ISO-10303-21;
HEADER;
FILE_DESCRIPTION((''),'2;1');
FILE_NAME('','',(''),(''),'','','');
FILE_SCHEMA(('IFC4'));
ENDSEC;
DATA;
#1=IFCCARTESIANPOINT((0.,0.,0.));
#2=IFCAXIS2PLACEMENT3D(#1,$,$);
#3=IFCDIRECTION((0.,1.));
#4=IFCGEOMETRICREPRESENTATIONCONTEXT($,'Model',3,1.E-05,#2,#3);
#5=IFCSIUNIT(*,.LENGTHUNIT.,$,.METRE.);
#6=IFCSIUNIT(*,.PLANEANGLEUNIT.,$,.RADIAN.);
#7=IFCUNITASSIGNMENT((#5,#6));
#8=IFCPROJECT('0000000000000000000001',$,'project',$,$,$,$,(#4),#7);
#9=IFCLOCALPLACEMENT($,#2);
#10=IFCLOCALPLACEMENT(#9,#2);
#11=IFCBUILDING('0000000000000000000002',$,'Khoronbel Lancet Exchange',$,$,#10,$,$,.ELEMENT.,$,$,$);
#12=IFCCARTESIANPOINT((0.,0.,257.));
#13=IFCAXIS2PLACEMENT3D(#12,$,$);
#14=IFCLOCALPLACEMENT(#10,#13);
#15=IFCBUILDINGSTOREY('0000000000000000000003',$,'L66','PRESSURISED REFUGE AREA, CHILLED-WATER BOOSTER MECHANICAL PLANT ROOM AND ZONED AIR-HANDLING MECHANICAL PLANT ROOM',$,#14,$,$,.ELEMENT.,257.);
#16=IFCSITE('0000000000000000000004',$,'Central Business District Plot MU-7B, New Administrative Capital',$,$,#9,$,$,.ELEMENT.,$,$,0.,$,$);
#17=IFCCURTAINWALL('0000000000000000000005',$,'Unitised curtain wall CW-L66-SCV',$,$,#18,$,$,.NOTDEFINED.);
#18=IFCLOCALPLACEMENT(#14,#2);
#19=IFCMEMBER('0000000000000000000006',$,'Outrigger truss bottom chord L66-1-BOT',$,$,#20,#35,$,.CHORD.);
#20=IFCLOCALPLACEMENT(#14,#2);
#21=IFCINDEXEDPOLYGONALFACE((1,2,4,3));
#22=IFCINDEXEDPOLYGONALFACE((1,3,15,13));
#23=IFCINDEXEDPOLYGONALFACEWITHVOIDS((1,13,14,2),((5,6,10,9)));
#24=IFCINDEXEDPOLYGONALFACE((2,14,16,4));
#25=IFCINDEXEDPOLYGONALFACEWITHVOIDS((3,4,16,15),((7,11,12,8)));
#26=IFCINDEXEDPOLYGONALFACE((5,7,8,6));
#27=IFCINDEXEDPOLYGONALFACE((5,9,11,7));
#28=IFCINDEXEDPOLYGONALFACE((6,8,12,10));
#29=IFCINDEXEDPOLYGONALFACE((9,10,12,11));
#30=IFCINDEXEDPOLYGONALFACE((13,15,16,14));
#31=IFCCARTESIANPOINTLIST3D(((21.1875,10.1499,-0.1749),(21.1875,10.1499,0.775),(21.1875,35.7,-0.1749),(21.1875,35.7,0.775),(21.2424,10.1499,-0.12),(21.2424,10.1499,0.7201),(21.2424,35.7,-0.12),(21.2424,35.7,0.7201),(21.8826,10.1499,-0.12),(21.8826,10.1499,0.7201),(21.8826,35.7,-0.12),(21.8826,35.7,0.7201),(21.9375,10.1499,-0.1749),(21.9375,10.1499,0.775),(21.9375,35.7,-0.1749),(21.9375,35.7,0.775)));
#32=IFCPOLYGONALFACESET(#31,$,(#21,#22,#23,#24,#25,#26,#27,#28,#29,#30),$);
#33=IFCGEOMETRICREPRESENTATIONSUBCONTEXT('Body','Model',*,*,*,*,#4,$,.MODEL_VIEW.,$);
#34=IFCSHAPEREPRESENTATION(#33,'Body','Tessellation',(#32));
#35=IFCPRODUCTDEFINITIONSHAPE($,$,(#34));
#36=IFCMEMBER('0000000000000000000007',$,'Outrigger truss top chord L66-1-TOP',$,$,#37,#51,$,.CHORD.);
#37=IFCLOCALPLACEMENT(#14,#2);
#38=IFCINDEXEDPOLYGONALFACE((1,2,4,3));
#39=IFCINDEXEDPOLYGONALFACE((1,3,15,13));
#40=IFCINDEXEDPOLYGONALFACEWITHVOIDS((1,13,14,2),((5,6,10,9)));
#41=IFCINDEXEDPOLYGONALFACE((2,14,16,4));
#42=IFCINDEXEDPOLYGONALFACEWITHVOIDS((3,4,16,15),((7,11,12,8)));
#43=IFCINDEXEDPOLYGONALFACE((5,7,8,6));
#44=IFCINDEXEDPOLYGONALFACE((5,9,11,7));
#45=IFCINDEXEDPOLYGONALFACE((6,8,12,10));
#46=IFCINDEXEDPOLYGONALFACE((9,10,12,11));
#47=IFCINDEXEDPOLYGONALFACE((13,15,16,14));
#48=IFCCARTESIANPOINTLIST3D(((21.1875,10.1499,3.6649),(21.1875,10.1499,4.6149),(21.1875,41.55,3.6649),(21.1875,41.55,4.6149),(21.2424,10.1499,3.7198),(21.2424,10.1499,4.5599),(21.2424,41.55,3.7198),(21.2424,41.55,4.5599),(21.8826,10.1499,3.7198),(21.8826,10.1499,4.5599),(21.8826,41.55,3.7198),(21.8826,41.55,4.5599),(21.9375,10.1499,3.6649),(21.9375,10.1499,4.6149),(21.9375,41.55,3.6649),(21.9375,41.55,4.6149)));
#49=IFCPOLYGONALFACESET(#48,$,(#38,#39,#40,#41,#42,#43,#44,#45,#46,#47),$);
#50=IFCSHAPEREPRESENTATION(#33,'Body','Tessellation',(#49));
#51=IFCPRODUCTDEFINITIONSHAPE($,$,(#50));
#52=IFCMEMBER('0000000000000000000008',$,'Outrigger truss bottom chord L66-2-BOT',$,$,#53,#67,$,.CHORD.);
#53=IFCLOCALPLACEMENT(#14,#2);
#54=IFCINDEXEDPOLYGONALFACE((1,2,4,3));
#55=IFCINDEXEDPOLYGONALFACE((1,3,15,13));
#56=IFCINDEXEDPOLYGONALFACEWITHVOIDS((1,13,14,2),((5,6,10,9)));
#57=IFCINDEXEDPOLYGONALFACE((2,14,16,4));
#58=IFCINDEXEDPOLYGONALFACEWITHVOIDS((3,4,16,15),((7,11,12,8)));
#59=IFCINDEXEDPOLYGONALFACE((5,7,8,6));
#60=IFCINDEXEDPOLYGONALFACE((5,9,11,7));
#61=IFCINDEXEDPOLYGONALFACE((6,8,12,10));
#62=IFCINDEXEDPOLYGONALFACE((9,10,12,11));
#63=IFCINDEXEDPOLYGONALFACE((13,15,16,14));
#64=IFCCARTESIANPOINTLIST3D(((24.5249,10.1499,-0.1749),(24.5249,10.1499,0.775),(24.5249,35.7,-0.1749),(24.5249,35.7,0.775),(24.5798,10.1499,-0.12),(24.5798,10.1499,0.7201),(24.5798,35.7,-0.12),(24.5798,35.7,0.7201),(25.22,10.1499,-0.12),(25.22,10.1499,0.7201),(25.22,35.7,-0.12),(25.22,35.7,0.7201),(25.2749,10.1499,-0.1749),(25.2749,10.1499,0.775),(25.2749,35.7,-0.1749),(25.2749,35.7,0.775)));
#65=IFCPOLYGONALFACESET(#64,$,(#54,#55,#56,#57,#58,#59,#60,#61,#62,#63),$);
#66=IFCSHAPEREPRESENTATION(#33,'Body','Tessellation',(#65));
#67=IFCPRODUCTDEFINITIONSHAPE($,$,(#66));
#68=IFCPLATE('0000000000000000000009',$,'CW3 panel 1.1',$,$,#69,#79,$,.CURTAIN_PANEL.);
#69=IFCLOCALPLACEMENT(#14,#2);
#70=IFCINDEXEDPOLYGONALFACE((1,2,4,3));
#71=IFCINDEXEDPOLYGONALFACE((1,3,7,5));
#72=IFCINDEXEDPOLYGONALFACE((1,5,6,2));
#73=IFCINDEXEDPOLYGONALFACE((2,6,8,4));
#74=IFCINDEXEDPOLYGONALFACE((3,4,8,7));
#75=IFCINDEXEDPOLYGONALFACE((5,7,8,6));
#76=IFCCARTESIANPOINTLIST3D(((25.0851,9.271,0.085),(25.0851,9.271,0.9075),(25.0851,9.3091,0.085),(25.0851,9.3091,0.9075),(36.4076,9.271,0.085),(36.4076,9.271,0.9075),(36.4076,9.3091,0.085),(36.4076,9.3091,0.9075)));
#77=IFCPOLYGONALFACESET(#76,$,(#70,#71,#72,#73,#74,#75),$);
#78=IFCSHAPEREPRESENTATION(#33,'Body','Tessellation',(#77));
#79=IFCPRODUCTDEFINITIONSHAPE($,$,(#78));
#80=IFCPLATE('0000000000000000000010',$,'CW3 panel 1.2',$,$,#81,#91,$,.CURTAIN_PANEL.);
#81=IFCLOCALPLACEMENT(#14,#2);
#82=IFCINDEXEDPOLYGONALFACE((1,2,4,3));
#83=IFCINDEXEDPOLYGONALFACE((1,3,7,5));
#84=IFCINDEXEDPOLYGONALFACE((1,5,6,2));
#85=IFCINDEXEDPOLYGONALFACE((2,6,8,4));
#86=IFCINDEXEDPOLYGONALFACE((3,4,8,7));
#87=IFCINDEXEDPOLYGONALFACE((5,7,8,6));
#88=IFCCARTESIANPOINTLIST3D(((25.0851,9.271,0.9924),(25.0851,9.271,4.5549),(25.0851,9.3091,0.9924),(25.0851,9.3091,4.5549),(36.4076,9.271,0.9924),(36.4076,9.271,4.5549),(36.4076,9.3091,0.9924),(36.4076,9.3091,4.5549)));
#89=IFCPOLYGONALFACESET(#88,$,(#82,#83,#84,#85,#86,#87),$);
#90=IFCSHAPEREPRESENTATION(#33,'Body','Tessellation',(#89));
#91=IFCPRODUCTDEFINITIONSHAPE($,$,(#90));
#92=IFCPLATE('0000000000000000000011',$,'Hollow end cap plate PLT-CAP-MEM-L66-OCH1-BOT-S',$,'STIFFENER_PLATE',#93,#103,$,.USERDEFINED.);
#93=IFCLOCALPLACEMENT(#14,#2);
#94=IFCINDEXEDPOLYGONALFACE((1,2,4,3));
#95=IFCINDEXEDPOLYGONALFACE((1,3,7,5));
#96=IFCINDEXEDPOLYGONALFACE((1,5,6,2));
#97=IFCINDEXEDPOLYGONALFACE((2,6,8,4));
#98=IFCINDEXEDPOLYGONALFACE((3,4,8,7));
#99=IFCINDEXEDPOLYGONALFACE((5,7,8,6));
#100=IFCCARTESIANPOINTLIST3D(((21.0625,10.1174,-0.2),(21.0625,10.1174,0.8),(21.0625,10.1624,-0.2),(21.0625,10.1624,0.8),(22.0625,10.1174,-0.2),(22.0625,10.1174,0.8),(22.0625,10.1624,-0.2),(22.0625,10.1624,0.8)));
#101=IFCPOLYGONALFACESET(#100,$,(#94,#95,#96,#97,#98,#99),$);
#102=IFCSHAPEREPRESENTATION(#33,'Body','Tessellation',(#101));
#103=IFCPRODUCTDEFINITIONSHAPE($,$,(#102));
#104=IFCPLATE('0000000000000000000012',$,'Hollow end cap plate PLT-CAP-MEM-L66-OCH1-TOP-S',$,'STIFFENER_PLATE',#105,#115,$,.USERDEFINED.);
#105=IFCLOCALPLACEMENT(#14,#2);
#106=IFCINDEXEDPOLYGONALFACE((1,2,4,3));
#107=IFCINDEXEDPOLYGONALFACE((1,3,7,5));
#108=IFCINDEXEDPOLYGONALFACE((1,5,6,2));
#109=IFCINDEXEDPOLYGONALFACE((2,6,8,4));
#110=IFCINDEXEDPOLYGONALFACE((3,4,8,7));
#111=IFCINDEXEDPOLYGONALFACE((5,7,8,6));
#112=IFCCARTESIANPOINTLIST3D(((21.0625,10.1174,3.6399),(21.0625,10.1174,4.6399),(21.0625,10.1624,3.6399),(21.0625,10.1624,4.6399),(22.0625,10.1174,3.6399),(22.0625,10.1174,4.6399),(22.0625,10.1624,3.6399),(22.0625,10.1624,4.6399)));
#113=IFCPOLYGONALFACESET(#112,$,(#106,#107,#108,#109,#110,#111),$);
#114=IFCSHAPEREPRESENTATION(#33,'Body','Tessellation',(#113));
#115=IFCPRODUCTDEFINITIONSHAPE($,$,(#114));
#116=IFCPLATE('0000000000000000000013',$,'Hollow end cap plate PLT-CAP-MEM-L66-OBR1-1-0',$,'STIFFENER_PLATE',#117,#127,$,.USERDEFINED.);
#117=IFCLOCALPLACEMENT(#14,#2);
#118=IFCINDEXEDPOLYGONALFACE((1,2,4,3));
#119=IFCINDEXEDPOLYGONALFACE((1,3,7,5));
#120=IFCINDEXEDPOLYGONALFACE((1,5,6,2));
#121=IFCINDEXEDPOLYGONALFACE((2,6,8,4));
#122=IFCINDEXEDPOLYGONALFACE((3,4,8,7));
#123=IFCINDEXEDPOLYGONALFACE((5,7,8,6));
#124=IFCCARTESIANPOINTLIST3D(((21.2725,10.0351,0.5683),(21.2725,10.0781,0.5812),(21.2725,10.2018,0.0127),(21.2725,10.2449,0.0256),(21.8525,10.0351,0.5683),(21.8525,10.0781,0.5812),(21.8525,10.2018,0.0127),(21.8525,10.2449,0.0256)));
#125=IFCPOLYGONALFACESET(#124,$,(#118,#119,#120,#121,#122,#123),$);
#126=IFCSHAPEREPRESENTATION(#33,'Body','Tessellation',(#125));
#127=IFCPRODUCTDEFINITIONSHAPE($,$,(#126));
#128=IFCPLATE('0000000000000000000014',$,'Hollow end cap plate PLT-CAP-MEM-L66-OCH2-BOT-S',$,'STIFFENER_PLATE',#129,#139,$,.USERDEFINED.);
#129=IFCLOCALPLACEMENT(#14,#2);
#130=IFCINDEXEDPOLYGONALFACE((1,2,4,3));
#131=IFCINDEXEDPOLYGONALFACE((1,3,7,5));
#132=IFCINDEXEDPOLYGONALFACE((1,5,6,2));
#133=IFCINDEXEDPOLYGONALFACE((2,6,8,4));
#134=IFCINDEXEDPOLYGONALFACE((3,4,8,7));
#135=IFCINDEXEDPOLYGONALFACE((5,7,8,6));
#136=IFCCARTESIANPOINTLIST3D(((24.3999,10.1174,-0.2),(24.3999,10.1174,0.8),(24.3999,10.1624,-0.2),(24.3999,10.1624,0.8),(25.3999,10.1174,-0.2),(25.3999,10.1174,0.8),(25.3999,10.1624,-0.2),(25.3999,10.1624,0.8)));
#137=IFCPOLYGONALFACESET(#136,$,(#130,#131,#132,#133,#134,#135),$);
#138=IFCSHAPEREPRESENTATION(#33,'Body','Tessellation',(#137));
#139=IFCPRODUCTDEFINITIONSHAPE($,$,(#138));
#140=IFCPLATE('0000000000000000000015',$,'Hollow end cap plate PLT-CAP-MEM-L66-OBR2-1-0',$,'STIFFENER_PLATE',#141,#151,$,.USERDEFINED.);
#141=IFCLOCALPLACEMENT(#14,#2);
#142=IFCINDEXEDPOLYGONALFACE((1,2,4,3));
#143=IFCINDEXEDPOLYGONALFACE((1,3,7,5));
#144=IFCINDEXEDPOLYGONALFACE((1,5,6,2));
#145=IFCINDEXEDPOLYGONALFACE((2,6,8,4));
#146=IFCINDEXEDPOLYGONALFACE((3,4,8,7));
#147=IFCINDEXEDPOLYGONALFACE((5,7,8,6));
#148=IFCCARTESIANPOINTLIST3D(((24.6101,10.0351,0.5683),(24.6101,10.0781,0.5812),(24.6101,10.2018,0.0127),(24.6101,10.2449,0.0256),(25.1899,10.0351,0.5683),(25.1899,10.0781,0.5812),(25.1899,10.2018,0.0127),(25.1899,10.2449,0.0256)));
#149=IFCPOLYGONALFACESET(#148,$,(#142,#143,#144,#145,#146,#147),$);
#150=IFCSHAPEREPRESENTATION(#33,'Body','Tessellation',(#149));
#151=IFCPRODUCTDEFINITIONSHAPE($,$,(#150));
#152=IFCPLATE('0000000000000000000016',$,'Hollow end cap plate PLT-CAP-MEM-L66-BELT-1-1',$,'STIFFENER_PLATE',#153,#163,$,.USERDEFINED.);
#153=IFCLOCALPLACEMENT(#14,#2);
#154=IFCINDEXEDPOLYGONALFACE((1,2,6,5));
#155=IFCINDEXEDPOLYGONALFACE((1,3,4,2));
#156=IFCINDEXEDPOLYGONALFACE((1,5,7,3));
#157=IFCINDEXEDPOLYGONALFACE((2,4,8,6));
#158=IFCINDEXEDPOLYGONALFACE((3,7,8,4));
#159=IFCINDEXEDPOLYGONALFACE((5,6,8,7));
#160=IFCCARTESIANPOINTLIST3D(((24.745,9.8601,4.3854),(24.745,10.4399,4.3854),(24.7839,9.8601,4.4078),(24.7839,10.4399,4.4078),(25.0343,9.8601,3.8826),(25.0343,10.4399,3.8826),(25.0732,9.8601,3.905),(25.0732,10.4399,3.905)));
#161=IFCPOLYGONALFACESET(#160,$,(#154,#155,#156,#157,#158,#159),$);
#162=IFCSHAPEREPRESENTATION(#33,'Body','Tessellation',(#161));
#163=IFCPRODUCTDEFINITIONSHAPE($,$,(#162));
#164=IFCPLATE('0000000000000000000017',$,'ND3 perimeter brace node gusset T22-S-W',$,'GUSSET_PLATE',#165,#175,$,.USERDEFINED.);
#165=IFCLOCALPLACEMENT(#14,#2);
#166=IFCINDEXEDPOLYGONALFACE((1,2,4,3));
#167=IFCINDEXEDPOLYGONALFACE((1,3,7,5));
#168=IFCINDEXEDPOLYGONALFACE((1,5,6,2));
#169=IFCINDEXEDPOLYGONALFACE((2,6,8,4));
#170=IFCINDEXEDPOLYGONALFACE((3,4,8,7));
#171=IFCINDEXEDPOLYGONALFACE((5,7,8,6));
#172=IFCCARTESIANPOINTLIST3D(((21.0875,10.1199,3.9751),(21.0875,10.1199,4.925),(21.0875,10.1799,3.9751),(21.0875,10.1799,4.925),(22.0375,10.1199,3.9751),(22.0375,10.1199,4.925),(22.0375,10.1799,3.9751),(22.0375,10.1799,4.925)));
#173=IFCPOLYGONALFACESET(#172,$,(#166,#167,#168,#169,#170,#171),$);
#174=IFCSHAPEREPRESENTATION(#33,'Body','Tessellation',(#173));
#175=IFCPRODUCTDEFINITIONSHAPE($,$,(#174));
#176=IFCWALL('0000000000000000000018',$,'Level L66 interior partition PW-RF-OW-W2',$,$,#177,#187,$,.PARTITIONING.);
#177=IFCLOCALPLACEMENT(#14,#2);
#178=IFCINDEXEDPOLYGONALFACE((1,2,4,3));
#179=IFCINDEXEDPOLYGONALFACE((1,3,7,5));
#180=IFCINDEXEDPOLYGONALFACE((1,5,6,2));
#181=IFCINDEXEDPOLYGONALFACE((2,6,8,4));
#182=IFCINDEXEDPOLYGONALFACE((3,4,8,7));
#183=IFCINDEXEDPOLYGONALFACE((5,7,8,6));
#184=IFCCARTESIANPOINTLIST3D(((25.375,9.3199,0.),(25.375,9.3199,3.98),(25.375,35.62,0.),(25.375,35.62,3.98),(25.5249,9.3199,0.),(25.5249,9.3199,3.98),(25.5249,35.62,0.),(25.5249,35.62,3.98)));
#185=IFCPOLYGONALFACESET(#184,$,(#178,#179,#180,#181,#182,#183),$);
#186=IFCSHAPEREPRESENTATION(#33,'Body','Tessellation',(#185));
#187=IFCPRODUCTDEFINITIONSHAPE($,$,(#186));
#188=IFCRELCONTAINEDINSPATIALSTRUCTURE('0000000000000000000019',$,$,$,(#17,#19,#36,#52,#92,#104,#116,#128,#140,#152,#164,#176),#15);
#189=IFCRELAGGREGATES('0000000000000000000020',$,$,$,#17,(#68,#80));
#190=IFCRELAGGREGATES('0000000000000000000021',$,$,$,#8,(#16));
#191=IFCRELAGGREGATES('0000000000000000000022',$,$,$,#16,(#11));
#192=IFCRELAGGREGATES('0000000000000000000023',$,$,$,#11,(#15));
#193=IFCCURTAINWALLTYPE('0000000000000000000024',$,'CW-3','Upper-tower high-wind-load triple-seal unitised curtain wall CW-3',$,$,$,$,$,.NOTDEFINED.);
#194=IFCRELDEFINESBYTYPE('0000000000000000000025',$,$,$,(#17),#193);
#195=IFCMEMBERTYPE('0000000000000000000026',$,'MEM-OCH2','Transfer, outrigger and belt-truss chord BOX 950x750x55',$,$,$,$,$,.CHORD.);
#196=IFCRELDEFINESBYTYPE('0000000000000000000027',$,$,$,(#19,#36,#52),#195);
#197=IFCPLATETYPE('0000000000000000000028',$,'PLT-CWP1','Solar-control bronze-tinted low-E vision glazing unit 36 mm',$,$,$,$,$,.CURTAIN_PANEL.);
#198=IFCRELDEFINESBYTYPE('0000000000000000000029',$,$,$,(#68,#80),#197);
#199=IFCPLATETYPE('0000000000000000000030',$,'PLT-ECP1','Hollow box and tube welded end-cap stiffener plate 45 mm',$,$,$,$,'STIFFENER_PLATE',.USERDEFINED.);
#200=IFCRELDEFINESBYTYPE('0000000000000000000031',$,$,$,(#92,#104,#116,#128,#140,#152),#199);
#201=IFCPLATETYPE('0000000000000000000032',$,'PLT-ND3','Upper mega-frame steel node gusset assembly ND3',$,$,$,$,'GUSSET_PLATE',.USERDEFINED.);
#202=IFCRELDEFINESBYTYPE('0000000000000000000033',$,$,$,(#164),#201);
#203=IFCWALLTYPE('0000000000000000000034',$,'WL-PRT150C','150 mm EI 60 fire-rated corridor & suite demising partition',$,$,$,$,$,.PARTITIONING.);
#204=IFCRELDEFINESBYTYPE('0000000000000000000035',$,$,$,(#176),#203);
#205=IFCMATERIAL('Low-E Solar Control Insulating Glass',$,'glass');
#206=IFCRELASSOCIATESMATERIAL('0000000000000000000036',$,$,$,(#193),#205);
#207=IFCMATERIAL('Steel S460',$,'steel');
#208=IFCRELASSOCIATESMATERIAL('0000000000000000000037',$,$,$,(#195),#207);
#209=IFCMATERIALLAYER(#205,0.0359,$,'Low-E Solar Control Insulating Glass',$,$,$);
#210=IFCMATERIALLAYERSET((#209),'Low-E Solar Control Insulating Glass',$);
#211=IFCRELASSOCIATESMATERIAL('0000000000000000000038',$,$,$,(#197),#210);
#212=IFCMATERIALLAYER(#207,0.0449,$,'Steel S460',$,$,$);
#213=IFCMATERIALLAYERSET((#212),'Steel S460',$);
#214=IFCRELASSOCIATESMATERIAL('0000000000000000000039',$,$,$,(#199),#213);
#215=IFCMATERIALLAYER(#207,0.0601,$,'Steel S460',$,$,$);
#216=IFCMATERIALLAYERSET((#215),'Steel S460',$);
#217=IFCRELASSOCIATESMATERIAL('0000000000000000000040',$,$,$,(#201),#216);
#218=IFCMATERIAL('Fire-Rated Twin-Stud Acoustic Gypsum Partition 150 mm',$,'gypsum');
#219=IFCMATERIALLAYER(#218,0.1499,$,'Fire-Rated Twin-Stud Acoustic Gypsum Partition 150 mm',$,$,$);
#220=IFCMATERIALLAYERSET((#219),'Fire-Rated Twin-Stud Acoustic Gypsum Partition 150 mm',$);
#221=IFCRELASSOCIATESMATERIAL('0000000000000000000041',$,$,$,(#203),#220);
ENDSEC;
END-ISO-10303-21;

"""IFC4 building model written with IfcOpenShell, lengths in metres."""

from ifc_helpers import new_model, si_unit, direction, frame, frame_2d, origin, origin_2d, place, context, subcontext, project, spatial, polyline, rectangle, hollow_rectangle, outline, extrude, material, layer, layer_set, material_profile, profile_set, type_object, element, aggregate, save


model = new_model("IFC4")

# Units and contexts
model_context = context("Model", 3, precision=1e-05, world=origin(), true_north=direction((0.0, 1.0)))
body_context = subcontext(model_context, "Body", "Model", "MODEL_VIEW")
ifc_project = project(units=[si_unit("LENGTHUNIT", "METRE"), si_unit("PLANEANGLEUNIT", "RADIAN")], contexts=[model_context])

# Site, building, storey
site_placement = place(None, origin())
site = spatial("IfcSite", under=ifc_project, at=site_placement, Name="Central Business District Plot MU-7B, New Administrative Capital", CompositionType="ELEMENT", RefElevation=0.0)
building_placement = place(site_placement, origin())
building = spatial("IfcBuilding", under=site, at=building_placement, Name="Khoronbel Lancet Exchange", CompositionType="ELEMENT")
storey_placement = place(building_placement, frame((0.0, 0.0, 257.0)))
storey = spatial("IfcBuildingStorey", under=building, at=storey_placement, Name="L66", Description="PRESSURISED REFUGE AREA, CHILLED-WATER BOOSTER MECHANICAL PLANT ROOM AND ZONED AIR-HANDLING MECHANICAL PLANT ROOM", CompositionType="ELEMENT", Elevation=257.0)

# Shared definitions
ifc_material_1 = material(Name="Steel S460", Category="steel")

# Shared definitions
ifc_material_2 = material(Name="Low-E Solar Control Insulating Glass", Category="glass")
curtain_wall_type = type_object("IfcCurtainWallType", Name="CW-3", Description="Upper-tower high-wind-load triple-seal unitised curtain wall CW-3", PredefinedType="NOTDEFINED", material=ifc_material_2)

# Curtain wall
curtain_wall_1_placement = place(storey_placement, origin())
curtain_wall_1 = element("IfcCurtainWall", 1, at=curtain_wall_1_placement, inside=storey, type_object=curtain_wall_type, Name="Unitised curtain wall CW-L66-SCV", PredefinedType="NOTDEFINED")

# Members
ifc_material_profile_1 = material_profile(ifc_material_1, hollow_rectangle(XDim=0.75, YDim=0.95, WallThickness=0.0549, at=origin_2d()), Name="BOX 950x750x55")
ifc_profile_set_1 = profile_set([ifc_material_profile_1], Name="Steel S460")
member_type_1 = type_object("IfcMemberType", Name="MEM-OCH2", Description="Transfer, outrigger and belt-truss chord BOX 950x750x55", PredefinedType="CHORD", material=ifc_profile_set_1)
member_1_placement = place(storey_placement, frame((21.5625, 10.1499, 0.3), z_axis=(0.0, 1.0, 0.0), x_axis=(-1.0, 0.0, 0.0)))
element("IfcMember", 2, at=member_1_placement, inside=storey, type_object=member_type_1, Name="Outrigger truss bottom chord L66-1-BOT", PredefinedType="CHORD", context=body_context, shape_type="SweptSolid", body=[
    extrude(hollow_rectangle(XDim=0.75, YDim=0.95, WallThickness=0.0549, at=origin_2d()), origin(), (0.0, 0.0, 1.0), 25.55),
])
member_2_placement = place(storey_placement, frame((21.5625, 10.1499, 4.1399), z_axis=(0.0, 1.0, 0.0), x_axis=(-1.0, 0.0, 0.0)))
element("IfcMember", 3, at=member_2_placement, inside=storey, type_object=member_type_1, Name="Outrigger truss top chord L66-1-TOP", PredefinedType="CHORD", context=body_context, shape_type="SweptSolid", body=[
    extrude(hollow_rectangle(XDim=0.75, YDim=0.95, WallThickness=0.0549, at=origin_2d()), origin(), (0.0, 0.0, 1.0), 31.4001),
])
member_3_placement = place(storey_placement, frame((24.8999, 10.1499, 0.3), z_axis=(0.0, 1.0, 0.0), x_axis=(-1.0, 0.0, 0.0)))
element("IfcMember", 4, at=member_3_placement, inside=storey, type_object=member_type_1, Name="Outrigger truss bottom chord L66-2-BOT", PredefinedType="CHORD", context=body_context, shape_type="SweptSolid", body=[
    extrude(hollow_rectangle(XDim=0.75, YDim=0.95, WallThickness=0.0549, at=origin_2d()), origin(), (0.0, 0.0, 1.0), 25.55),
])

# Plates
ifc_layer_1 = layer(ifc_material_2, 0.0359, Name="Low-E Solar Control Insulating Glass")
ifc_layer_set_1 = layer_set([ifc_layer_1], Name="Low-E Solar Control Insulating Glass")
plate_type_1 = type_object("IfcPlateType", Name="PLT-CWP1", Description="Solar-control bronze-tinted low-E vision glazing unit 36 mm", PredefinedType="CURTAIN_PANEL", material=ifc_layer_set_1)
plate_1_placement = place(storey_placement, frame((30.7463, 9.29, 0.085), z_axis=(0.0, 0.0, 1.0), x_axis=(1.0, 0.0, 0.0)))
plate_1 = element("IfcPlate", 5, at=plate_1_placement, type_object=plate_type_1, Name="CW3 panel 1.1", PredefinedType="CURTAIN_PANEL", context=body_context, shape_type="SweptSolid", body=[
    extrude(rectangle(XDim=11.3225, YDim=0.0381, at=origin_2d()), origin(), (0.0, 0.0, 1.0), 0.8225),
])
plate_2_placement = place(storey_placement, frame((30.7463, 9.29, 0.9924), z_axis=(0.0, 0.0, 1.0), x_axis=(1.0, 0.0, 0.0)))
plate_2 = element("IfcPlate", 6, at=plate_2_placement, type_object=plate_type_1, Name="CW3 panel 1.2", PredefinedType="CURTAIN_PANEL", context=body_context, shape_type="SweptSolid", body=[
    extrude(rectangle(XDim=11.3225, YDim=0.0381, at=origin_2d()), origin(), (0.0, 0.0, 1.0), 3.5625),
])
aggregate(curtain_wall_1, [plate_1, plate_2])

# Plates
ifc_layer_2 = layer(ifc_material_1, 0.0449, Name="Steel S460")
ifc_layer_set_2 = layer_set([ifc_layer_2], Name="Steel S460")
plate_type_2 = type_object("IfcPlateType", Name="PLT-ECP1", Description="Hollow box and tube welded end-cap stiffener plate 45 mm", ElementType="STIFFENER_PLATE", PredefinedType="USERDEFINED", material=ifc_layer_set_2)
for number, where, z_axis, x_axis, name in (
    (7, (21.5625, 10.1399, -0.2), (0.0, 0.0, 1.0), (0.0, -1.0, 0.0), "Hollow end cap plate PLT-CAP-MEM-L66-OCH1-BOT-S"),
    (8, (21.5625, 10.1399, 3.6399), (0.0, 0.0, 1.0), (0.0, -1.0, 0.0), "Hollow end cap plate PLT-CAP-MEM-L66-OCH1-TOP-S"),
):
    element("IfcPlate", number, at=place(storey_placement, frame(where, z_axis=z_axis, x_axis=x_axis)), inside=storey, type_object=plate_type_2, Name=name, ObjectType="STIFFENER_PLATE", PredefinedType="USERDEFINED", context=body_context, shape_type="SweptSolid", body=[
        extrude(rectangle(XDim=0.0449, YDim=1.0, at=origin_2d()), origin(), (0.0, 0.0, 1.0), 1.0),
    ])
plate_3_placement = place(storey_placement, frame((21.8525, 10.2449, 0.0256), z_axis=(0.0, 0.957803, 0.287425), x_axis=(-1.0, 0.0, 0.0)))
element("IfcPlate", 9, at=plate_3_placement, inside=storey, type_object=plate_type_2, Name="Hollow end cap plate PLT-CAP-MEM-L66-OBR1-1-0", ObjectType="STIFFENER_PLATE", PredefinedType="USERDEFINED", context=body_context, shape_type="SweptSolid", body=[
    extrude(outline(polyline([(0.0, 0.0), (0.5801, 0.0), (0.5801, 0.5801), (0.0, 0.5801), (0.0, 0.0)])), origin(), (0.0, 0.0, -1.0), 0.0449),
])
plate_4_placement = place(storey_placement, frame((24.8999, 10.1399, -0.2), z_axis=(0.0, 0.0, 1.0), x_axis=(0.0, -1.0, 0.0)))
element("IfcPlate", 10, at=plate_4_placement, inside=storey, type_object=plate_type_2, Name="Hollow end cap plate PLT-CAP-MEM-L66-OCH2-BOT-S", ObjectType="STIFFENER_PLATE", PredefinedType="USERDEFINED", context=body_context, shape_type="SweptSolid", body=[
    extrude(rectangle(XDim=0.0449, YDim=1.0, at=origin_2d()), origin(), (0.0, 0.0, 1.0), 1.0),
])
for number, where, z_axis, x_axis, name in (
    (11, (25.1899, 10.2449, 0.0256), (0.0, 0.957803, 0.287425), (-1.0, 0.0, 0.0), "Hollow end cap plate PLT-CAP-MEM-L66-OBR2-1-0"),
    (12, (25.0732, 9.8601, 3.905), (0.866711, 0.0, 0.498811), (0.0, 1.0, 0.0), "Hollow end cap plate PLT-CAP-MEM-L66-BELT-1-1"),
):
    element("IfcPlate", number, at=place(storey_placement, frame(where, z_axis=z_axis, x_axis=x_axis)), inside=storey, type_object=plate_type_2, Name=name, ObjectType="STIFFENER_PLATE", PredefinedType="USERDEFINED", context=body_context, shape_type="SweptSolid", body=[
        extrude(outline(polyline([(0.0, 0.0), (0.5798, 0.0), (0.5798, 0.5801), (0.0, 0.5801), (0.0, 0.0)])), origin(), (0.0, 0.0, -1.0), 0.0449),
    ])
ifc_layer_3 = layer(ifc_material_1, 0.0601, Name="Steel S460")
ifc_layer_set_3 = layer_set([ifc_layer_3], Name="Steel S460")
plate_type_3 = type_object("IfcPlateType", Name="PLT-ND3", Description="Upper mega-frame steel node gusset assembly ND3", ElementType="GUSSET_PLATE", PredefinedType="USERDEFINED", material=ifc_layer_set_3)
plate_5_placement = place(storey_placement, frame((21.5625, 10.1499, 3.9751), z_axis=(0.0, 0.0, 1.0), x_axis=(1.0, 0.0, 0.0)))
element("IfcPlate", 13, at=plate_5_placement, inside=storey, type_object=plate_type_3, Name="ND3 perimeter brace node gusset T22-S-W", ObjectType="GUSSET_PLATE", PredefinedType="USERDEFINED", context=body_context, shape_type="SweptSolid", body=[
    extrude(rectangle(XDim=0.95, YDim=0.0601, at=origin_2d()), origin(), (0.0, 0.0, 1.0), 0.95),
])

# Wall
ifc_material_3 = material(Name="Fire-Rated Twin-Stud Acoustic Gypsum Partition 150 mm", Category="gypsum")
ifc_layer_4 = layer(ifc_material_3, 0.1499, Name="Fire-Rated Twin-Stud Acoustic Gypsum Partition 150 mm")
ifc_layer_set_4 = layer_set([ifc_layer_4], Name="Fire-Rated Twin-Stud Acoustic Gypsum Partition 150 mm")
wall_type = type_object("IfcWallType", Name="WL-PRT150C", Description="150 mm EI 60 fire-rated corridor & suite demising partition", PredefinedType="PARTITIONING", material=ifc_layer_set_4)
wall_placement = place(storey_placement, frame((25.45, 9.3201, 0.0), z_axis=(0.0, 0.0, 1.0), x_axis=(0.0, 1.0, 0.0)))
element("IfcWall", 14, at=wall_placement, inside=storey, type_object=wall_type, Name="Level L66 interior partition PW-RF-OW-W2", PredefinedType="PARTITIONING", context=body_context, shape_type="SweptSolid", body=[
    extrude(rectangle(XDim=26.3, YDim=0.1499, at=frame_2d((13.1499, 0.0))), origin(), (0.0, 0.0, 1.0), 3.98),
])

save(model, "model.ifc")
